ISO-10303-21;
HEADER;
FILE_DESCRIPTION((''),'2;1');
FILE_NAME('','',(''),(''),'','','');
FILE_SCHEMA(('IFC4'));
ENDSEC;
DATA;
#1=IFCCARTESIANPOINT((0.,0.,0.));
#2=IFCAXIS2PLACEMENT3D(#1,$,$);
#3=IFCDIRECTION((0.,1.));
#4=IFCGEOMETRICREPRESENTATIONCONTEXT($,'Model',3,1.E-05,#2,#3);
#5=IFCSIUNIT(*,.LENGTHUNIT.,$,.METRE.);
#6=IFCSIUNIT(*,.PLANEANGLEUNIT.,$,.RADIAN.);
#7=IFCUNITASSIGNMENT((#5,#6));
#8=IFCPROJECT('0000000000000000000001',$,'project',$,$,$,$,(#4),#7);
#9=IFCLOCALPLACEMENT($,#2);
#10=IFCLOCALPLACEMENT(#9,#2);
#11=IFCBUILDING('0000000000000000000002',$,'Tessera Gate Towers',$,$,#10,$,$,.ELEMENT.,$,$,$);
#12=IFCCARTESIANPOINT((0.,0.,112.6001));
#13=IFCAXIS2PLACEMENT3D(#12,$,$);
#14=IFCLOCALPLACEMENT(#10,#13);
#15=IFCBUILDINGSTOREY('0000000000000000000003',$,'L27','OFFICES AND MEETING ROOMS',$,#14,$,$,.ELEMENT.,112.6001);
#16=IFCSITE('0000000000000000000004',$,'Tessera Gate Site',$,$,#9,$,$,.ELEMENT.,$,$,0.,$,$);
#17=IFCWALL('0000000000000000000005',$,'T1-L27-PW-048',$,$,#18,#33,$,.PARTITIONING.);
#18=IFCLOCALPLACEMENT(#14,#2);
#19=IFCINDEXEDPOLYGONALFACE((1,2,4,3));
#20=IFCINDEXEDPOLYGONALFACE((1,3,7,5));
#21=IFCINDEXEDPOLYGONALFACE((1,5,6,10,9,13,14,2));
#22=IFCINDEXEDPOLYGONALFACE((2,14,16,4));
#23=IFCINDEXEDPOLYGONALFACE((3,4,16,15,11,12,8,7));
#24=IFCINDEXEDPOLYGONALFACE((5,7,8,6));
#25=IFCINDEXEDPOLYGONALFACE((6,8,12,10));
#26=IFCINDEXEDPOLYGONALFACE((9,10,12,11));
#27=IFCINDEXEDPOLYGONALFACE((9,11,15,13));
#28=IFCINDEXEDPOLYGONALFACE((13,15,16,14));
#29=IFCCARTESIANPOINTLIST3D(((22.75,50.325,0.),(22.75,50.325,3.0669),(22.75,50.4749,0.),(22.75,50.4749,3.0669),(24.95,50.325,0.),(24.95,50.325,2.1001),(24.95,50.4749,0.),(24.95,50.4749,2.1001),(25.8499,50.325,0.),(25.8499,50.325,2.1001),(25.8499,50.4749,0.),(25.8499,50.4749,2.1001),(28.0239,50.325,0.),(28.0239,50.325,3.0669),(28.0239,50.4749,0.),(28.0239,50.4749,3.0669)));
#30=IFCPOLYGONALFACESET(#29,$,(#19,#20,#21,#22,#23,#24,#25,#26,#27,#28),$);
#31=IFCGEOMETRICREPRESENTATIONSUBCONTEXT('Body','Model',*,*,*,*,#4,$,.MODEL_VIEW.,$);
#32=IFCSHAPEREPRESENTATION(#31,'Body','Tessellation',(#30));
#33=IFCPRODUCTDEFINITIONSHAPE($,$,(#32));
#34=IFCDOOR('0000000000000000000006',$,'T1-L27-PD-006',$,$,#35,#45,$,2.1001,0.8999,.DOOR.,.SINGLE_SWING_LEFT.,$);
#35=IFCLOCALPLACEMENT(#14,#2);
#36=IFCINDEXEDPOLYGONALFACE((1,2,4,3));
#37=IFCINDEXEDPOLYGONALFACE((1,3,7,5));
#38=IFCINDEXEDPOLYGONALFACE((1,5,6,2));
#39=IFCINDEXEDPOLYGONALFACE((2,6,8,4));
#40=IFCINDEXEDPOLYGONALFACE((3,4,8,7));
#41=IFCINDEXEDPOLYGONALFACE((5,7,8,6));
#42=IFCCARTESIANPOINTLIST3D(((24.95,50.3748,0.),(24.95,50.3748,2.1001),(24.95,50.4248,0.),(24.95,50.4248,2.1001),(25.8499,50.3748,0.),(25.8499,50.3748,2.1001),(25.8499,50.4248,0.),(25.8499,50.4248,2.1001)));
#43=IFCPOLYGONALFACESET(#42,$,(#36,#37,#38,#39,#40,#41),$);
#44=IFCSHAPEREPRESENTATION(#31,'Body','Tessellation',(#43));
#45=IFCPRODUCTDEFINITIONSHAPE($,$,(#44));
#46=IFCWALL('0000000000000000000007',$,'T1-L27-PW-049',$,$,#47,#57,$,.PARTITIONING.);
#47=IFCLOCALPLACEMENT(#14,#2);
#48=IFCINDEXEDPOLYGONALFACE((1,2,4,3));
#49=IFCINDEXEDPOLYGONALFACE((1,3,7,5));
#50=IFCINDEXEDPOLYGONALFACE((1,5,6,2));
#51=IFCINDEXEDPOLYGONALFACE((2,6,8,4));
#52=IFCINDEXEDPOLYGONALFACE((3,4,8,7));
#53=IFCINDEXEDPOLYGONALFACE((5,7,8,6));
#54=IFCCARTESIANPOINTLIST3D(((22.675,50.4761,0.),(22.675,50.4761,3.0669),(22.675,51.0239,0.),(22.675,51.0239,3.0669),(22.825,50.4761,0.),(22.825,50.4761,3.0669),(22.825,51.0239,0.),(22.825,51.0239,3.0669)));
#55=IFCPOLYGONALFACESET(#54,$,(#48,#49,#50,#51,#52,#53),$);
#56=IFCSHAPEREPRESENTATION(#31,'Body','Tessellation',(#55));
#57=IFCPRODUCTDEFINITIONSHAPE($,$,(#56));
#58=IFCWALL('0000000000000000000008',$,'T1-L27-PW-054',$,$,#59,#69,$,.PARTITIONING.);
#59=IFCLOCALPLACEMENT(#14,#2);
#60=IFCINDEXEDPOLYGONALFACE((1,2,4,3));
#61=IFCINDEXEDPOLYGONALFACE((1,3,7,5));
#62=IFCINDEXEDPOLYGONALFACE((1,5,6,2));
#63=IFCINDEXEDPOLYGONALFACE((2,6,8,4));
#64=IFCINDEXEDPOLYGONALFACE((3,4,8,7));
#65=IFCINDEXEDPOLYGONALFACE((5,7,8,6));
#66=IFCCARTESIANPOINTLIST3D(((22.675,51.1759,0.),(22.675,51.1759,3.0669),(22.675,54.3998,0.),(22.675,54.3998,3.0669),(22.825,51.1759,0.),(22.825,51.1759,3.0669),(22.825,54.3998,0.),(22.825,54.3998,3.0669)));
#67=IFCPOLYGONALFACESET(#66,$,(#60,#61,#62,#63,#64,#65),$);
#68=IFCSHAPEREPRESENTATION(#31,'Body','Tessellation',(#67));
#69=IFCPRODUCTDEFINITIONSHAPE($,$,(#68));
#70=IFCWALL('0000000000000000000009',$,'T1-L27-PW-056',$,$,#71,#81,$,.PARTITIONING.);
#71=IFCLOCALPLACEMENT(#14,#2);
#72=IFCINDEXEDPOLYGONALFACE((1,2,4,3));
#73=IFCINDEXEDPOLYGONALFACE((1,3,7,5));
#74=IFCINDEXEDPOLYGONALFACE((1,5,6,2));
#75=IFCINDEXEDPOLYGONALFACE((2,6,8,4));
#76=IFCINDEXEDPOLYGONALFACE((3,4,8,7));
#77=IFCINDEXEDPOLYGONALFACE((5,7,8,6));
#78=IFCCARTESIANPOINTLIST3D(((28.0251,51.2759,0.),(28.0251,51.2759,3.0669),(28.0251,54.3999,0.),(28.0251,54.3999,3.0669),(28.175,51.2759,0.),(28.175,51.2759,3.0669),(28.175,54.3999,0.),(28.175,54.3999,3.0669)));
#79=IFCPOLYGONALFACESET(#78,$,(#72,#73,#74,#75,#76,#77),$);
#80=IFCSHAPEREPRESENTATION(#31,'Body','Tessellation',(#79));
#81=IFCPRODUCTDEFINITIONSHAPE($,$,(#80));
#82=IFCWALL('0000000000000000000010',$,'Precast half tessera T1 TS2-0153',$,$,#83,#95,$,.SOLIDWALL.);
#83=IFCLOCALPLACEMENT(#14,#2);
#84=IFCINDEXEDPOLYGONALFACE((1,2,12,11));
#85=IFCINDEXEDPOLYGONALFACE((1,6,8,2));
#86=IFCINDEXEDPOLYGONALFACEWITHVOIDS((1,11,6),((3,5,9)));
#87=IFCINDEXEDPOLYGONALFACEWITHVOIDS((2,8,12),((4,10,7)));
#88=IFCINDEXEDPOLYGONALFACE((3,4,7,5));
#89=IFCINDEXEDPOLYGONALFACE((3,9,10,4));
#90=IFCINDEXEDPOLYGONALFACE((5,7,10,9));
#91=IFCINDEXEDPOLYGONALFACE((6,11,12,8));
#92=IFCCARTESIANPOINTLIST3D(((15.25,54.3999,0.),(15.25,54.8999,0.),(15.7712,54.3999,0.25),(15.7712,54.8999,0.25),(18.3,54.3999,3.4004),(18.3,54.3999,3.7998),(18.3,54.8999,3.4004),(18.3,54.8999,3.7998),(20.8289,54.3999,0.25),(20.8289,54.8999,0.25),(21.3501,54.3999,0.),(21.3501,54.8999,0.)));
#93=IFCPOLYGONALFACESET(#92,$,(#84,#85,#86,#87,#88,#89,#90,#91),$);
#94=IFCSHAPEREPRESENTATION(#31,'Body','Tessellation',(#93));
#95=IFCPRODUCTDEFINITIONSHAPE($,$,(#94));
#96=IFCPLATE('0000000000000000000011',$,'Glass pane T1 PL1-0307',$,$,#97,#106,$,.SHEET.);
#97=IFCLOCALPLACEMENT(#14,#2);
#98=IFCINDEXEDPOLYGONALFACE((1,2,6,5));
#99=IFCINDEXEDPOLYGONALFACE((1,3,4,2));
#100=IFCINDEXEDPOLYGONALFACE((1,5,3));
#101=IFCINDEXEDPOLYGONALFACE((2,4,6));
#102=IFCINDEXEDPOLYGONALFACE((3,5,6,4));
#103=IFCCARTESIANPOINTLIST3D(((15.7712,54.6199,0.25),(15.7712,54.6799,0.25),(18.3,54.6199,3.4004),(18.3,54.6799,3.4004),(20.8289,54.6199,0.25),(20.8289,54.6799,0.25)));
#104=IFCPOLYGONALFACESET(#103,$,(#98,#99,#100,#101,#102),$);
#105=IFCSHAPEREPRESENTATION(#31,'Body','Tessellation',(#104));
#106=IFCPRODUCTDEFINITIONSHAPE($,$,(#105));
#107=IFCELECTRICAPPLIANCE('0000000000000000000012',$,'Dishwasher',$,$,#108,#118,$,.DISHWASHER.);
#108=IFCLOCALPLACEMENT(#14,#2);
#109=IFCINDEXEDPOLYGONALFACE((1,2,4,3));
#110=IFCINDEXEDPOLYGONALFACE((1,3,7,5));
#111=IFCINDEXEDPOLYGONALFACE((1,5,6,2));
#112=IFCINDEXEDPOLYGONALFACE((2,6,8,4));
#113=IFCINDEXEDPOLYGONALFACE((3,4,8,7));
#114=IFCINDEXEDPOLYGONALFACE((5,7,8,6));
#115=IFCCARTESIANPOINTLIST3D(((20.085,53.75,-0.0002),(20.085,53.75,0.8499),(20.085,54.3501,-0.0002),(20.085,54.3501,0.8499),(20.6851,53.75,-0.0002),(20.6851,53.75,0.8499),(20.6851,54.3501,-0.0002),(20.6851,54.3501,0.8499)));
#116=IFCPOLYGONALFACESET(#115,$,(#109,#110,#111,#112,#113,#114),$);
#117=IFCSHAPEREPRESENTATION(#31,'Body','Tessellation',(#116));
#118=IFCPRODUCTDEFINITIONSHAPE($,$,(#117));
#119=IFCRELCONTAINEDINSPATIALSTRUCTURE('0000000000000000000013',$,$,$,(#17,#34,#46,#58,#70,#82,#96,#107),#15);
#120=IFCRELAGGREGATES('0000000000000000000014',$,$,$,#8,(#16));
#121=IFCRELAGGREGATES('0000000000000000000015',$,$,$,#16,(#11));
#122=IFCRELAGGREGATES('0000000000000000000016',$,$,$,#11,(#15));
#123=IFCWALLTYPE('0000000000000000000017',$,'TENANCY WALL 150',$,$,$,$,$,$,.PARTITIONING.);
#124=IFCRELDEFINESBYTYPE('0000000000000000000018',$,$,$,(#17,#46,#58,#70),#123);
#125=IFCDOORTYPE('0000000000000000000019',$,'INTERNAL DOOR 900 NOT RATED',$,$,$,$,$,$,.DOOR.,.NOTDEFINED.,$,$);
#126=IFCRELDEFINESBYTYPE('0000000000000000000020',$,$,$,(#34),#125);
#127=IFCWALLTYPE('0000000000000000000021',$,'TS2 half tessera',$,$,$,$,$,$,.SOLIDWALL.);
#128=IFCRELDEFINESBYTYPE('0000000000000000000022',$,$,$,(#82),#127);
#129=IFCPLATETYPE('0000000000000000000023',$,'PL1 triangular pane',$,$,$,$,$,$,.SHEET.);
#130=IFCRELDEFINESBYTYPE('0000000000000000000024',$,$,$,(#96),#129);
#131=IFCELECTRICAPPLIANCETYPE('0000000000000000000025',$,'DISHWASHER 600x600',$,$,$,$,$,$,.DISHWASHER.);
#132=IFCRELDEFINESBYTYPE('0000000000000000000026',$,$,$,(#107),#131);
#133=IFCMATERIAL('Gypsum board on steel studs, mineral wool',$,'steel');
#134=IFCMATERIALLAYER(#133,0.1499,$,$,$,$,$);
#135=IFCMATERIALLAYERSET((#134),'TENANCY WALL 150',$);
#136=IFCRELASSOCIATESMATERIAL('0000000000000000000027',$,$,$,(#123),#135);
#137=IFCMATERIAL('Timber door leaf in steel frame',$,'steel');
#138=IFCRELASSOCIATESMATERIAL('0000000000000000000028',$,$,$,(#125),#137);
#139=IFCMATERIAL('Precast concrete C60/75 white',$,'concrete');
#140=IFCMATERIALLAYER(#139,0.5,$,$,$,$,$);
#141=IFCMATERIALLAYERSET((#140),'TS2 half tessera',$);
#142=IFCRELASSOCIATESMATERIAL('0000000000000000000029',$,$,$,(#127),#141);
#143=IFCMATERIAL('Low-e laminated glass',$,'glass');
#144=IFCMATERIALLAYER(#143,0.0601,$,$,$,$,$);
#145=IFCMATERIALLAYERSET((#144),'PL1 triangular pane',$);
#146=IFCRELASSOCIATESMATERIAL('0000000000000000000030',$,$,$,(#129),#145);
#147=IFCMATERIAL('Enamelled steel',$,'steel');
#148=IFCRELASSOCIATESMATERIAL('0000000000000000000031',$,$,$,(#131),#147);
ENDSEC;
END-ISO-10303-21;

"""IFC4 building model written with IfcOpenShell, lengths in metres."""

from ifc_helpers import new_model, si_unit, direction, frame, frame_2d, origin, origin_2d, place, context, subcontext, project, spatial, polyline, rectangle, outline, extrude, source, transform, mapped, material, layer, layer_set, type_object, element, fill, save


model = new_model("IFC4")

# Units and contexts
model_context = context("Model", 3, precision=1e-05, world=origin(), true_north=direction((0.0, 1.0)))
body_context = subcontext(model_context, "Body", "Model", "MODEL_VIEW")
ifc_project = project(units=[si_unit("LENGTHUNIT", "METRE"), si_unit("PLANEANGLEUNIT", "RADIAN")], contexts=[model_context])

# Site, building, storey
site_placement = place(None, origin())
site = spatial("IfcSite", under=ifc_project, at=site_placement, Name="Tessera Gate Site", CompositionType="ELEMENT", RefElevation=0.0)
building_placement = place(site_placement, origin())
building = spatial("IfcBuilding", under=site, at=building_placement, Name="Tessera Gate Towers", CompositionType="ELEMENT")
storey_placement = place(building_placement, frame((0.0, 0.0, 112.6001)))
storey = spatial("IfcBuildingStorey", under=building, at=storey_placement, Name="L27", Description="OFFICES AND MEETING ROOMS", CompositionType="ELEMENT", Elevation=112.6001)

# Shared definitions
shared_shape_1 = source(origin(), body_context, "Body", "SweptSolid", [
    extrude(rectangle(XDim=0.8999, YDim=2.1001, at=frame_2d((0.45, 1.05))), frame((0.0, 0.085, 0.0), z_axis=(0.0, -1.0, 0.0), x_axis=(1.0, 0.0, 0.0)), (0.0, 0.0, 1.0), 0.1699),
])
shared_shape_2 = source(origin(), body_context, "Body", "SweptSolid", [
    extrude(rectangle(XDim=0.8999, YDim=2.1001, at=frame_2d((0.45, 1.05))), frame((0.0, 0.0249, 0.0), z_axis=(0.0, -1.0, 0.0), x_axis=(1.0, 0.0, 0.0)), (0.0, 0.0, 1.0), 0.05),
])

# Shared definitions
ifc_material_1 = material(Name="Gypsum board on steel studs, mineral wool", Category="steel")
ifc_layer_1 = layer(ifc_material_1, 0.1499)
ifc_layer_set_1 = layer_set([ifc_layer_1], Name="TENANCY WALL 150")
wall_type_1 = type_object("IfcWallType", Name="TENANCY WALL 150", PredefinedType="PARTITIONING", material=ifc_layer_set_1)

# Wall, opening, door
wall_1_placement = place(storey_placement, frame((22.75, 50.3999, 0.0), z_axis=(0.0, 0.0, 1.0), x_axis=(1.0, 0.0, 0.0)))
wall_1 = element("IfcWall", 1, at=wall_1_placement, inside=storey, type_object=wall_type_1, Name="T1-L27-PW-048", PredefinedType="PARTITIONING", context=body_context, shape_type="SweptSolid", body=[
    extrude(rectangle(XDim=5.2739, YDim=0.1499, at=frame_2d((2.637, 0.0))), origin(), (0.0, 0.0, 1.0), 3.0669),
])
opening_1_placement = place(wall_1_placement, frame((2.2, 0.0, 0.0)))
opening_1 = element("IfcOpeningElement", 2, at=opening_1_placement, cuts=wall_1, PredefinedType="OPENING", context=body_context, shape_type="MappedRepresentation", body=[
    mapped(shared_shape_1, transform((0.0, 0.0, 0.0), scale=1.0)),
])
ifc_material_2 = material(Name="Timber door leaf in steel frame", Category="steel")
door_type_1 = type_object("IfcDoorType", Name="INTERNAL DOOR 900 NOT RATED", OperationType="NOTDEFINED", PredefinedType="DOOR", material=ifc_material_2)
door_1_placement = place(opening_1_placement, origin())
door_1 = element("IfcDoor", 3, at=door_1_placement, inside=storey, type_object=door_type_1, Name="T1-L27-PD-006", OperationType="SINGLE_SWING_LEFT", OverallHeight=2.1001, OverallWidth=0.8999, PredefinedType="DOOR", context=body_context, shape_type="MappedRepresentation", body=[
    mapped(shared_shape_2, transform((0.0, 0.0, 0.0), scale=1.0)),
])
fill(opening_1, door_1)

# Walls
wall_2_placement = place(storey_placement, frame((22.75, 50.4761, 0.0), z_axis=(0.0, 0.0, 1.0), x_axis=(0.0, 1.0, 0.0)))
element("IfcWall", 4, at=wall_2_placement, inside=storey, type_object=wall_type_1, Name="T1-L27-PW-049", PredefinedType="PARTITIONING", context=body_context, shape_type="SweptSolid", body=[
    extrude(rectangle(XDim=0.5479, YDim=0.1499, at=frame_2d((0.2739, 0.0))), origin(), (0.0, 0.0, 1.0), 3.0669),
])
wall_3_placement = place(storey_placement, frame((22.75, 51.176, 0.0), z_axis=(0.0, 0.0, 1.0), x_axis=(0.0, 1.0, 0.0)))
element("IfcWall", 5, at=wall_3_placement, inside=storey, type_object=wall_type_1, Name="T1-L27-PW-054", PredefinedType="PARTITIONING", context=body_context, shape_type="SweptSolid", body=[
    extrude(rectangle(XDim=3.2239, YDim=0.1499, at=frame_2d((1.6118, 0.0))), origin(), (0.0, 0.0, 1.0), 3.0669),
])
wall_4_placement = place(storey_placement, frame((28.1001, 51.2759, 0.0), z_axis=(0.0, 0.0, 1.0), x_axis=(0.0, 1.0, 0.0)))
element("IfcWall", 6, at=wall_4_placement, inside=storey, type_object=wall_type_1, Name="T1-L27-PW-056", PredefinedType="PARTITIONING", context=body_context, shape_type="SweptSolid", body=[
    extrude(rectangle(XDim=3.124, YDim=0.1499, at=frame_2d((1.562, 0.0))), origin(), (0.0, 0.0, 1.0), 3.0669),
])

# Wall, opening, plate
ifc_material_3 = material(Name="Precast concrete C60/75 white", Category="concrete")
ifc_layer_2 = layer(ifc_material_3, 0.5)
ifc_layer_set_2 = layer_set([ifc_layer_2], Name="TS2 half tessera")
wall_type_2 = type_object("IfcWallType", Name="TS2 half tessera", PredefinedType="SOLIDWALL", material=ifc_layer_set_2)
shared_shape_3 = source(origin(), body_context, "Body", "SweptSolid", [
    extrude(outline(polyline([(6.1001, 0.0), (3.05, 3.7998), (0.0, 0.0), (6.1001, 0.0)])), frame((0.0, 0.25, 0.0), z_axis=(0.0, -1.0, 0.0), x_axis=(1.0, 0.0, 0.0)), (0.0, 0.0, 1.0), 0.5),
])
wall_5_placement = place(storey_placement, frame((21.3501, 54.6499, 0.0), z_axis=(0.0, 0.0, 1.0), x_axis=(-1.0, 0.0, 0.0)))
wall_5 = element("IfcWall", 7, at=wall_5_placement, inside=storey, type_object=wall_type_2, Name="Precast half tessera T1 TS2-0153", PredefinedType="SOLIDWALL", context=body_context, shape_type="MappedRepresentation", body=[
    mapped(shared_shape_3, transform((0.0, 0.0, 0.0), scale=1.0)),
])
shared_shape_4 = source(origin(), body_context, "Body", "SweptSolid", [
    extrude(outline(polyline([(5.5789, 0.25), (3.05, 3.4004), (0.5212, 0.25), (5.5789, 0.25)])), frame((0.0, 0.26, 0.0), z_axis=(0.0, -1.0, 0.0), x_axis=(1.0, 0.0, 0.0)), (0.0, 0.0, 1.0), 0.52),
])
opening_2_placement = place(wall_5_placement, origin())
opening_2 = element("IfcOpeningElement", 8, at=opening_2_placement, cuts=wall_5, PredefinedType="OPENING", context=body_context, shape_type="MappedRepresentation", body=[
    mapped(shared_shape_4, transform((0.0, 0.0, 0.0), scale=1.0)),
])
ifc_material_4 = material(Name="Low-e laminated glass", Category="glass")
ifc_layer_3 = layer(ifc_material_4, 0.0601)
ifc_layer_set_3 = layer_set([ifc_layer_3], Name="PL1 triangular pane")
plate_type = type_object("IfcPlateType", Name="PL1 triangular pane", PredefinedType="SHEET", material=ifc_layer_set_3)
shared_shape_5 = source(origin(), body_context, "Body", "SweptSolid", [
    extrude(outline(polyline([(5.5789, 0.25), (3.05, 3.4004), (0.5212, 0.25), (5.5789, 0.25)])), frame((0.0, 0.03, 0.0), z_axis=(0.0, -1.0, 0.0), x_axis=(1.0, 0.0, 0.0)), (0.0, 0.0, 1.0), 0.0601),
])
plate_placement = place(opening_2_placement, origin())
plate = element("IfcPlate", 9, at=plate_placement, inside=storey, type_object=plate_type, Name="Glass pane T1 PL1-0307", PredefinedType="SHEET", context=body_context, shape_type="MappedRepresentation", body=[
    mapped(shared_shape_5, transform((0.0, 0.0, 0.0), scale=1.0)),
])
fill(opening_2, plate)

# Electric appliance
ifc_material_5 = material(Name="Enamelled steel", Category="steel")
electric_appliance_type = type_object("IfcElectricApplianceType", Name="DISHWASHER 600x600", PredefinedType="DISHWASHER", material=ifc_material_5)
electric_appliance_placement = place(storey_placement, frame((20.385, 54.05, -0.0002), z_axis=(0.0, 0.0, 1.0), x_axis=(1.0, 0.0, 0.0)))
element("IfcElectricAppliance", 10, at=electric_appliance_placement, inside=storey, type_object=electric_appliance_type, Name="Dishwasher", PredefinedType="DISHWASHER", context=body_context, shape_type="SweptSolid", body=[
    extrude(rectangle(XDim=0.6001, YDim=0.6001, at=origin_2d()), origin(), (0.0, 0.0, 1.0), 0.8501),
])

save(model, "model.ifc")
